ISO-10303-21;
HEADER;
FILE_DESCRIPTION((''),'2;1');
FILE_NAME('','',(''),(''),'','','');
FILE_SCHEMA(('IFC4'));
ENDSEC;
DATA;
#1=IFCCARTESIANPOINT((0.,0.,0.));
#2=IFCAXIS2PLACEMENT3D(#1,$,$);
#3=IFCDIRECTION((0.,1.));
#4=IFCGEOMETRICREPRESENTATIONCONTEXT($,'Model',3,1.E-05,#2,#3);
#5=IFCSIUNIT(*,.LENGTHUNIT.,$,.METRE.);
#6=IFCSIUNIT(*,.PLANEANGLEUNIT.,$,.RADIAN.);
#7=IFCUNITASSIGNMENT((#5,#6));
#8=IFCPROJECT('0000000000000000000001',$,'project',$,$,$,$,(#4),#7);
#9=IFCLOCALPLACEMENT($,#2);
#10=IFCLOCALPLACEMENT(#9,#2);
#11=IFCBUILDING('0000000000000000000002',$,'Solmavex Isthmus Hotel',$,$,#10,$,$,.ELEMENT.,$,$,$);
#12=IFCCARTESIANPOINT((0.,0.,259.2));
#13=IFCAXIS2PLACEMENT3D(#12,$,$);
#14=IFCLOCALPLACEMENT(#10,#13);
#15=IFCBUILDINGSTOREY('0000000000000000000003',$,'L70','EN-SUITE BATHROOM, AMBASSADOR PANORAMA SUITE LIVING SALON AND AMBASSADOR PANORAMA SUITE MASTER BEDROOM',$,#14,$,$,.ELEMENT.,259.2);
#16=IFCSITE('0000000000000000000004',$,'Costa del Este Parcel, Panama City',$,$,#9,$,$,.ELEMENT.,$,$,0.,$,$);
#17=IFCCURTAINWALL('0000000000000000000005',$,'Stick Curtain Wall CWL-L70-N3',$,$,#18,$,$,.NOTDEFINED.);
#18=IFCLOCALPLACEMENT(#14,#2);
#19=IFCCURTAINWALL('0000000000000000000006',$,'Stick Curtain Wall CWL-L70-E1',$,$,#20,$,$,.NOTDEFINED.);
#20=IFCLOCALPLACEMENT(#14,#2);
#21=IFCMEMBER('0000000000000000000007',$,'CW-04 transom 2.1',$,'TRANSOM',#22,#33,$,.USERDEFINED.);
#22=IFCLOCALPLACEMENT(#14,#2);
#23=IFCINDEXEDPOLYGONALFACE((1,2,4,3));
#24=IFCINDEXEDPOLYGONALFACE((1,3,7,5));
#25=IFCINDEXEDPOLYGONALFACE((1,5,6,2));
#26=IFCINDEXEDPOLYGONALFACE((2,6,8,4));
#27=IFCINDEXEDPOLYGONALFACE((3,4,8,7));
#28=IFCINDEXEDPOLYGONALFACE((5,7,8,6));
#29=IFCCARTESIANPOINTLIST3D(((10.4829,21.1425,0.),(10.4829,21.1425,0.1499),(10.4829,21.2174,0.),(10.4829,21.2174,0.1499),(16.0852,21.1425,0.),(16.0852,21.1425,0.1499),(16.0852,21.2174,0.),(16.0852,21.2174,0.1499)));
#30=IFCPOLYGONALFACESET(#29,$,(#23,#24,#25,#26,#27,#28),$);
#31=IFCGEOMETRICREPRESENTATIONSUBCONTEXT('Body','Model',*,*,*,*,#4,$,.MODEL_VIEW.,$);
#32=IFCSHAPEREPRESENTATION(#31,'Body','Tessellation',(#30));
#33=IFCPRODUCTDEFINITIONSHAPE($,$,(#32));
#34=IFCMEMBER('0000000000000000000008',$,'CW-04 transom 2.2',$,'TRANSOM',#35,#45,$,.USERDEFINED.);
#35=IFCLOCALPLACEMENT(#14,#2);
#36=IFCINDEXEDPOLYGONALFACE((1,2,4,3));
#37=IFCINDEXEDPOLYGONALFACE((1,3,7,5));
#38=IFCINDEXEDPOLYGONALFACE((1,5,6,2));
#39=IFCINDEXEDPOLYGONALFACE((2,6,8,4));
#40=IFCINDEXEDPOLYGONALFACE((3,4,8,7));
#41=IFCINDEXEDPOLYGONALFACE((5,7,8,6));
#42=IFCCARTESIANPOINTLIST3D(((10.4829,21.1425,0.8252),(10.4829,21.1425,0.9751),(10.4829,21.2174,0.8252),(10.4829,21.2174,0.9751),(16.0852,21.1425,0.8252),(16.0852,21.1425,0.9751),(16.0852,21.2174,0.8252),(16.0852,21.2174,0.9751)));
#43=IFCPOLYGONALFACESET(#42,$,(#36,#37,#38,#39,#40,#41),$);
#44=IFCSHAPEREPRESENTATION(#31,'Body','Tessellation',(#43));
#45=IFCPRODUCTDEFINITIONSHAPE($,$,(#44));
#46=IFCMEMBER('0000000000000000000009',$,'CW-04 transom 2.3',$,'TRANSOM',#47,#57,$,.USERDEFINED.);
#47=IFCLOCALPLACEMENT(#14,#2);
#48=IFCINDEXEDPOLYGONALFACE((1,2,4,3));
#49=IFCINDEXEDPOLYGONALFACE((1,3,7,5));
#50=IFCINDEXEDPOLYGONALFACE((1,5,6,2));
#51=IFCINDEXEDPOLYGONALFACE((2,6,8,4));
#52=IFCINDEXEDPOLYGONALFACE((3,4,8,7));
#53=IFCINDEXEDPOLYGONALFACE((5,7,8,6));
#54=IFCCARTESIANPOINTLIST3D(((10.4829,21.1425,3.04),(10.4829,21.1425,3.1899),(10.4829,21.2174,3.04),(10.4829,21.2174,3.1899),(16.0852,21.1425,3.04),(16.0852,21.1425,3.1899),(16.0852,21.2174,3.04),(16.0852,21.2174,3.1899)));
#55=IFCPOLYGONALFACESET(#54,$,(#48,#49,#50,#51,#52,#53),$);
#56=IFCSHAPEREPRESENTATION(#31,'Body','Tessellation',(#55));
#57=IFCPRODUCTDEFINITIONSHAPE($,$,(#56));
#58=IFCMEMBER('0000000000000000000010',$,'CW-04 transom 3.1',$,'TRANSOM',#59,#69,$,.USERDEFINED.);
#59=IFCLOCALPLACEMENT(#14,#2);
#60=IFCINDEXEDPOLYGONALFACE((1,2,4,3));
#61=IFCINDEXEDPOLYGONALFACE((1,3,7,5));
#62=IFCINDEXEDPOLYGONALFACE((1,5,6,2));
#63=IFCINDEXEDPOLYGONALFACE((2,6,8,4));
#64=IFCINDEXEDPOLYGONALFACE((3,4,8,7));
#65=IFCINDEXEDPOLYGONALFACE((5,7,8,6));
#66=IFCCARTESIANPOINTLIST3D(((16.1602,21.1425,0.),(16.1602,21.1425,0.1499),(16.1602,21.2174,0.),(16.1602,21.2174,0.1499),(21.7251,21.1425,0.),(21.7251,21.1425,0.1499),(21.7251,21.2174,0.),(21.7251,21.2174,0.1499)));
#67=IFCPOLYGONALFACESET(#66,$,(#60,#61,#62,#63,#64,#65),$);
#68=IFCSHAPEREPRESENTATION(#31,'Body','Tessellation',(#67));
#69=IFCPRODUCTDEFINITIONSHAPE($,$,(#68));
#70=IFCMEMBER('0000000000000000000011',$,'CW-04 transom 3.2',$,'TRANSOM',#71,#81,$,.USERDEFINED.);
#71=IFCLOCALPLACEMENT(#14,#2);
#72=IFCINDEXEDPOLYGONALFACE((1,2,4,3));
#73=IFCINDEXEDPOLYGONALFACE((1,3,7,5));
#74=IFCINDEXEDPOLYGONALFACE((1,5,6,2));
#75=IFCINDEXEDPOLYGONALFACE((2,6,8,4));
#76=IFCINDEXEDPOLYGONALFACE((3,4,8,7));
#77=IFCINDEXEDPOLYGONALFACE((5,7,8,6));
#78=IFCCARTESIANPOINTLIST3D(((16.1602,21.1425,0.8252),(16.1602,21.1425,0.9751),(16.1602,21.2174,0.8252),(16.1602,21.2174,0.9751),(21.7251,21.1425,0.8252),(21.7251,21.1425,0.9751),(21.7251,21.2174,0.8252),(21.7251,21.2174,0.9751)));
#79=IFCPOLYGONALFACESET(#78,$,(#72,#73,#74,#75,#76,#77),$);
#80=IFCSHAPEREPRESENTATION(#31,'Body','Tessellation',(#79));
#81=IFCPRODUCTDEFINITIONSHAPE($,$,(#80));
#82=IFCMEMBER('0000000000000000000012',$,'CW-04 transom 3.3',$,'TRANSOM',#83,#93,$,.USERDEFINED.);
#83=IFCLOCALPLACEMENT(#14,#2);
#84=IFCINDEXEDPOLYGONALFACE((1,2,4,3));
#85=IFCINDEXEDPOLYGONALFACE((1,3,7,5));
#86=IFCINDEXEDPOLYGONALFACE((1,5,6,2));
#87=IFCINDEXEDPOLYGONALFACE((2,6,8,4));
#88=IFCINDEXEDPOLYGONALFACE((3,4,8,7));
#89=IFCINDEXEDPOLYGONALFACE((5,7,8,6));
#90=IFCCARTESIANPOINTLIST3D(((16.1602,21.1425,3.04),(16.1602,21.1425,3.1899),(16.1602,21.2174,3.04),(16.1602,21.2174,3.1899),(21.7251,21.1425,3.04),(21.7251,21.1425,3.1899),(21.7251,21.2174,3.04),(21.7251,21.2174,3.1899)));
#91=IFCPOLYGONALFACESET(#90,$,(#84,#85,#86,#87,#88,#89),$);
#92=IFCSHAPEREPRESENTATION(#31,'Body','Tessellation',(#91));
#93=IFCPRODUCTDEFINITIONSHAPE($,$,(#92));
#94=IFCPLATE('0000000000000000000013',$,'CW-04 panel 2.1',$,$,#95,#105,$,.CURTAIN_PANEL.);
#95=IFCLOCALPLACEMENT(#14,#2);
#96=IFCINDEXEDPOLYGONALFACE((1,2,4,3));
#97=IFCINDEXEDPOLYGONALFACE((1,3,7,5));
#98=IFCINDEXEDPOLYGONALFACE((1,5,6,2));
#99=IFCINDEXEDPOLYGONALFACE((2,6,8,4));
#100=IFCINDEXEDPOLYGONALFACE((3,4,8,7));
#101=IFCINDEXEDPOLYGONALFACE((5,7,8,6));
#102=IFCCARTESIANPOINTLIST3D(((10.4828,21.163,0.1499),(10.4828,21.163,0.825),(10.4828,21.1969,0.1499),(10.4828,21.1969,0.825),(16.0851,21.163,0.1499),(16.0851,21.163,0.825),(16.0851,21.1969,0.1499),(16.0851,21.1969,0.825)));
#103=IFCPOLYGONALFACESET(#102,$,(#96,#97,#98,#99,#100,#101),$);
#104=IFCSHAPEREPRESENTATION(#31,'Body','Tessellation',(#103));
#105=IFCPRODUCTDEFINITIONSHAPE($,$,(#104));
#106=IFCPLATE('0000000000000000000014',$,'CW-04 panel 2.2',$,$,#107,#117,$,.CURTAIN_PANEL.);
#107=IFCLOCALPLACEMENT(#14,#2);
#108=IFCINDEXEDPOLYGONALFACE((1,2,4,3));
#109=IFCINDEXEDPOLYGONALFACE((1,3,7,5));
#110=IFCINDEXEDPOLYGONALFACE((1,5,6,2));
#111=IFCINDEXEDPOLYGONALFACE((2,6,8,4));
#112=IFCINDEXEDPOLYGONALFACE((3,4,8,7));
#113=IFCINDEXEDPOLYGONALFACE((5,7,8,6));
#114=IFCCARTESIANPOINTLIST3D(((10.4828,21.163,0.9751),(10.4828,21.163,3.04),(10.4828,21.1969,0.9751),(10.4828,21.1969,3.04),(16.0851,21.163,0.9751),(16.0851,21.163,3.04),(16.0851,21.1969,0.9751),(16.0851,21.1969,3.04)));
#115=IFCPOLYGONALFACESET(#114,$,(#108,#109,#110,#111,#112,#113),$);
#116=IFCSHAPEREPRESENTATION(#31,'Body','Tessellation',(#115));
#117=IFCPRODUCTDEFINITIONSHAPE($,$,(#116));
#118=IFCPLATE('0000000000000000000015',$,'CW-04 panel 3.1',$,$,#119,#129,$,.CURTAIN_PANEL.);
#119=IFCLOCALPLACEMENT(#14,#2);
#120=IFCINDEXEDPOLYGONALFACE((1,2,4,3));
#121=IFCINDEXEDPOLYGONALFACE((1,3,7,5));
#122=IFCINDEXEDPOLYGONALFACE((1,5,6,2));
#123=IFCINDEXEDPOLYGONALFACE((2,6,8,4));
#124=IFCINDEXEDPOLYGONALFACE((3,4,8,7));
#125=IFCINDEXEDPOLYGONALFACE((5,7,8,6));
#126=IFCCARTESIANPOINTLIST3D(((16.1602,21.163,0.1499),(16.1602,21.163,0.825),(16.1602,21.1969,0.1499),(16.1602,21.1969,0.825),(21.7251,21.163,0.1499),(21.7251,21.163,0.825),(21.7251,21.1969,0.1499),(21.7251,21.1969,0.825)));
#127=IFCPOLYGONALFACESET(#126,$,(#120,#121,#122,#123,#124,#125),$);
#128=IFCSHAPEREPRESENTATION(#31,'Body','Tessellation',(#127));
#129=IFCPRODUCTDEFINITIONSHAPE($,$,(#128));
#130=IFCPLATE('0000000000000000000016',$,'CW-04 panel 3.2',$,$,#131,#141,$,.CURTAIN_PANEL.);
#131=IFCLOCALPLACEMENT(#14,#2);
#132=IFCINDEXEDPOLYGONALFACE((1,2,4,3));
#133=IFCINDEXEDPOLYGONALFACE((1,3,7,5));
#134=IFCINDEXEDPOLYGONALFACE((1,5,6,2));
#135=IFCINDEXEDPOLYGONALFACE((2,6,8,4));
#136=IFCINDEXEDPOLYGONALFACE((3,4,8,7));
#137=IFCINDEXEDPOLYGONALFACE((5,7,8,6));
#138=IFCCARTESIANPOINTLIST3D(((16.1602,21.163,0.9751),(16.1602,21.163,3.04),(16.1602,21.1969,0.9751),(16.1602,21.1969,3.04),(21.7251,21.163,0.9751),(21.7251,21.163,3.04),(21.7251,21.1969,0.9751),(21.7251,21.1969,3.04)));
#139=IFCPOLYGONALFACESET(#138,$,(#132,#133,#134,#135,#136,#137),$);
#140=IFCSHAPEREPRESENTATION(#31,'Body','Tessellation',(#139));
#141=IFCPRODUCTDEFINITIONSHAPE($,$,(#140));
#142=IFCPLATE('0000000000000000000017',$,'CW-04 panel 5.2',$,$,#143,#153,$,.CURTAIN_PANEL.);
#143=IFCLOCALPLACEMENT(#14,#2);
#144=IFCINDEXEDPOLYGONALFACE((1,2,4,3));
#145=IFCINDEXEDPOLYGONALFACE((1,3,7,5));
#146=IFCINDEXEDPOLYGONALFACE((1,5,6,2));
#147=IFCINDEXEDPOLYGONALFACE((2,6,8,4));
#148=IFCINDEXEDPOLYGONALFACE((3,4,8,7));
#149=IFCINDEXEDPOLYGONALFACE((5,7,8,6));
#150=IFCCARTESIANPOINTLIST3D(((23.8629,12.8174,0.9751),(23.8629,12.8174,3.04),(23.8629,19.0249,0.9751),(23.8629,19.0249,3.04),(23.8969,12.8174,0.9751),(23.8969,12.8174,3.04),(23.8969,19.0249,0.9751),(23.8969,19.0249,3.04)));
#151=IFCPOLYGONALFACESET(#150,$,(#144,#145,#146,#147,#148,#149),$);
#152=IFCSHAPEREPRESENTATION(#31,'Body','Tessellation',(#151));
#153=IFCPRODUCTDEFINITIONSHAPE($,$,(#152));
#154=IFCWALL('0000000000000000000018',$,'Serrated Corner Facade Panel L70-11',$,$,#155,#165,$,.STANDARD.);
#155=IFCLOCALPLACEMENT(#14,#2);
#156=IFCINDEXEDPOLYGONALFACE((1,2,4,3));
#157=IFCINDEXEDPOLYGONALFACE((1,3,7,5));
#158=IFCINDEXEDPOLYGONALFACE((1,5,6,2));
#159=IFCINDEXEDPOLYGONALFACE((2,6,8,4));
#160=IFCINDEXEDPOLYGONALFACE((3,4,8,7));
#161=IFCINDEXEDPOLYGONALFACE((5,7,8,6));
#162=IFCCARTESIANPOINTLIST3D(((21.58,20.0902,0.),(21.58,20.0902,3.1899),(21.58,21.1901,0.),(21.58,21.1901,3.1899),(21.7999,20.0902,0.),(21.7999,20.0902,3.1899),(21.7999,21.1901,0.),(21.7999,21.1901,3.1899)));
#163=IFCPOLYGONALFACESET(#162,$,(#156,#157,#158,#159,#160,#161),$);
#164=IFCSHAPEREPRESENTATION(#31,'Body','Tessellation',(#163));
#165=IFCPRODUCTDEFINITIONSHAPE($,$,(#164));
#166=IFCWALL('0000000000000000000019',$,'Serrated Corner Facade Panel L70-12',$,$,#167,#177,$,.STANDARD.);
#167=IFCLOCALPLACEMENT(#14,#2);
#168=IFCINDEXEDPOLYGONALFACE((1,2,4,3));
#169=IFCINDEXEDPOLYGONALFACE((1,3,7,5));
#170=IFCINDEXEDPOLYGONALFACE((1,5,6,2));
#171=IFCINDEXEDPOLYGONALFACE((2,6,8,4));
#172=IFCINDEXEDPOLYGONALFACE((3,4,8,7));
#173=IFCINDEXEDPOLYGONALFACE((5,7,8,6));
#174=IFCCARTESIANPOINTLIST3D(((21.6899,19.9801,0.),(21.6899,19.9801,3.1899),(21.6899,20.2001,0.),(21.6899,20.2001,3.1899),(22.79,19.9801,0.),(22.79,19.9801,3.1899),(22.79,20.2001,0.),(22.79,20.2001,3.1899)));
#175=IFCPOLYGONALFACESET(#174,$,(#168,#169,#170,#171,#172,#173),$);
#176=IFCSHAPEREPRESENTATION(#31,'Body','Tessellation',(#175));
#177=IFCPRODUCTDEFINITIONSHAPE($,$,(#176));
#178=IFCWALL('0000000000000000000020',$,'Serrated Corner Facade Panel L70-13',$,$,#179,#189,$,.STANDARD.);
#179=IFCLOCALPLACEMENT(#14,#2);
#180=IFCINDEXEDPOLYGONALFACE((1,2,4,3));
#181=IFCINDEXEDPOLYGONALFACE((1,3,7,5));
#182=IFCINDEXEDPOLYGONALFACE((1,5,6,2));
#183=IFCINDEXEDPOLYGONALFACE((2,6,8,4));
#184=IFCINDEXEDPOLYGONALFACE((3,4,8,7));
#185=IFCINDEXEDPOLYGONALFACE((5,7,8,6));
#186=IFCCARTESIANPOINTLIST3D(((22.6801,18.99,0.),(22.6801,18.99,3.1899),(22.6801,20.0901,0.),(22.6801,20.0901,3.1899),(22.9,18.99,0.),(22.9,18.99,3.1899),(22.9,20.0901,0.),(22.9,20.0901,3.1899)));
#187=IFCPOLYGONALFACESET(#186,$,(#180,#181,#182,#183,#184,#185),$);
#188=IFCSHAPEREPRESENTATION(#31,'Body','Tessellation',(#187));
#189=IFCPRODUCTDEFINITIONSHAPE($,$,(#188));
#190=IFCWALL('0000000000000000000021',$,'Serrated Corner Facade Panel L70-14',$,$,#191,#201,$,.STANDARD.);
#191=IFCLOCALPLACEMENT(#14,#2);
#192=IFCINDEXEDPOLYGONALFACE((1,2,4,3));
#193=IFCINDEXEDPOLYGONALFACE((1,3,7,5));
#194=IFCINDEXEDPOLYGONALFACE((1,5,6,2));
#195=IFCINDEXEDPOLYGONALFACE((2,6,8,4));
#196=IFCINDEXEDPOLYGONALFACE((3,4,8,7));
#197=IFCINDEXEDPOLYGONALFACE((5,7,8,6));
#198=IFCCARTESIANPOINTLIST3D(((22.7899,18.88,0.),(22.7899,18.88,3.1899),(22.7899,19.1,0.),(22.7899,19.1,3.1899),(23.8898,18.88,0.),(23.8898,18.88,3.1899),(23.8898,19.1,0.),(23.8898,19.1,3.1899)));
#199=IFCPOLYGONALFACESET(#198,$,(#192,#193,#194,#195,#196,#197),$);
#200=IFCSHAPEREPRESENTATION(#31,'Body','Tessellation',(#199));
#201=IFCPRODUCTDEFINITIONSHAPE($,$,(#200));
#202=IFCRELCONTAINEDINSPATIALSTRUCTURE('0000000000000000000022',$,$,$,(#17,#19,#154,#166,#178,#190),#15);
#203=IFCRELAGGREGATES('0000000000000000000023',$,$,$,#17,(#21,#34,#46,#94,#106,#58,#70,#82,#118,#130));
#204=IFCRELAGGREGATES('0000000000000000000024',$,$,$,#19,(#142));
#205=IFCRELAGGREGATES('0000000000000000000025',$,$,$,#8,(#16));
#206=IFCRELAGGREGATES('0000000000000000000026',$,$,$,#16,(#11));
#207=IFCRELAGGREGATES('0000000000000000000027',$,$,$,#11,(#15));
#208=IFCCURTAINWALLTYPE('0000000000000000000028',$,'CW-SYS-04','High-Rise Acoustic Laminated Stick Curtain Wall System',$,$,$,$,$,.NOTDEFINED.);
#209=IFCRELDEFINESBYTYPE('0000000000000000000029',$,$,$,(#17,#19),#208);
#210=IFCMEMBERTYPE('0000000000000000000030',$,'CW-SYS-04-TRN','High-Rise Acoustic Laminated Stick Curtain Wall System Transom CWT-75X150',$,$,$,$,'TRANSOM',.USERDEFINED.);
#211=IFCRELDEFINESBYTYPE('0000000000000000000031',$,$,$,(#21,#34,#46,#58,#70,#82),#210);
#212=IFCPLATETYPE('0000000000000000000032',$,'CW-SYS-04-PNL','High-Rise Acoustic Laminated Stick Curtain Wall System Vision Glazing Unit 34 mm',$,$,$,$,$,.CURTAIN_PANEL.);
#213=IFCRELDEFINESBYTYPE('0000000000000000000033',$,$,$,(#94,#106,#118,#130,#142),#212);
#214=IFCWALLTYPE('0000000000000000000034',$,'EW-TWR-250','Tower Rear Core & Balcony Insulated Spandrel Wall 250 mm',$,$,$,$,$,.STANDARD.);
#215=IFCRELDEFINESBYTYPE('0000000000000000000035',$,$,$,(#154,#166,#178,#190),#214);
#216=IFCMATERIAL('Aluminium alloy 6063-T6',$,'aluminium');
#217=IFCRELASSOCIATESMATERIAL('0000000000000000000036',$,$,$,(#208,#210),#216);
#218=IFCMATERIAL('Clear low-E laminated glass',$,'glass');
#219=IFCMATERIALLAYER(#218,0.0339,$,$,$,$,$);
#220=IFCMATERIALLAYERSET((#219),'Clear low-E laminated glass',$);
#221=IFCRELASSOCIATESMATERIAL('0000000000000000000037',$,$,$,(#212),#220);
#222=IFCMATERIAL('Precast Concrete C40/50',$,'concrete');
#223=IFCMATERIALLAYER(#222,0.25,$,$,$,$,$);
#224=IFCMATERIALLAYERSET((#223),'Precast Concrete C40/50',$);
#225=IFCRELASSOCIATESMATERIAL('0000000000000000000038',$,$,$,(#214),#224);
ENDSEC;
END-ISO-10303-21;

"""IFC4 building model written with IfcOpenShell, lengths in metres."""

from ifc_helpers import new_model, si_unit, direction, frame, frame_2d, origin, origin_2d, place, context, subcontext, project, spatial, rectangle, extrude, material, layer, layer_set, material_profile, profile_set, type_object, element, aggregate, save


model = new_model("IFC4")

# Units and contexts
model_context = context("Model", 3, precision=1e-05, world=origin(), true_north=direction((0.0, 1.0)))
body_context = subcontext(model_context, "Body", "Model", "MODEL_VIEW")
ifc_project = project(units=[si_unit("LENGTHUNIT", "METRE"), si_unit("PLANEANGLEUNIT", "RADIAN")], contexts=[model_context])

# Site, building, storey
site_placement = place(None, origin())
site = spatial("IfcSite", under=ifc_project, at=site_placement, Name="Costa del Este Parcel, Panama City", CompositionType="ELEMENT", RefElevation=0.0)
building_placement = place(site_placement, origin())
building = spatial("IfcBuilding", under=site, at=building_placement, Name="Solmavex Isthmus Hotel", CompositionType="ELEMENT")
storey_placement = place(building_placement, frame((0.0, 0.0, 259.2)))
storey = spatial("IfcBuildingStorey", under=building, at=storey_placement, Name="L70", Description="EN-SUITE BATHROOM, AMBASSADOR PANORAMA SUITE LIVING SALON AND AMBASSADOR PANORAMA SUITE MASTER BEDROOM", CompositionType="ELEMENT", Elevation=259.2)

# Curtain wall
ifc_material_1 = material(Name="Aluminium alloy 6063-T6", Category="aluminium")
curtain_wall_type = type_object("IfcCurtainWallType", Name="CW-SYS-04", Description="High-Rise Acoustic Laminated Stick Curtain Wall System", PredefinedType="NOTDEFINED", material=ifc_material_1)
curtain_wall_1_placement = place(storey_placement, origin())
curtain_wall_1 = element("IfcCurtainWall", 1, at=curtain_wall_1_placement, inside=storey, type_object=curtain_wall_type, Name="Stick Curtain Wall CWL-L70-N3", PredefinedType="NOTDEFINED")

# Curtain wall
curtain_wall_2_placement = place(storey_placement, origin())
curtain_wall_2 = element("IfcCurtainWall", 2, at=curtain_wall_2_placement, inside=storey, type_object=curtain_wall_type, Name="Stick Curtain Wall CWL-L70-E1", PredefinedType="NOTDEFINED")

# Members
ifc_material_profile_1 = material_profile(ifc_material_1, rectangle(XDim=0.075, YDim=0.1499, at=origin_2d()), Name="CWT-75X150")
ifc_profile_set_1 = profile_set([ifc_material_profile_1], Name="Aluminium alloy 6063-T6")
member_type_1 = type_object("IfcMemberType", Name="CW-SYS-04-TRN", Description="High-Rise Acoustic Laminated Stick Curtain Wall System Transom CWT-75X150", ElementType="TRANSOM", PredefinedType="USERDEFINED", material=ifc_profile_set_1)
member_1_placement = place(storey_placement, frame((10.4829, 21.1799, 0.075), z_axis=(1.0, 0.0, 0.0), x_axis=(0.0, 1.0, 0.0)))
member_1 = element("IfcMember", 3, at=member_1_placement, type_object=member_type_1, Name="CW-04 transom 2.1", ObjectType="TRANSOM", PredefinedType="USERDEFINED", context=body_context, shape_type="SweptSolid", body=[
    extrude(rectangle(XDim=0.075, YDim=0.1499, at=origin_2d()), origin(), (0.0, 0.0, 1.0), 5.6023),
])
member_2_placement = place(storey_placement, frame((10.4829, 21.1799, 0.9001), z_axis=(1.0, 0.0, 0.0), x_axis=(0.0, 1.0, 0.0)))
member_2 = element("IfcMember", 4, at=member_2_placement, type_object=member_type_1, Name="CW-04 transom 2.2", ObjectType="TRANSOM", PredefinedType="USERDEFINED", context=body_context, shape_type="SweptSolid", body=[
    extrude(rectangle(XDim=0.075, YDim=0.1499, at=origin_2d()), origin(), (0.0, 0.0, 1.0), 5.6023),
])
member_3_placement = place(storey_placement, frame((10.4829, 21.1799, 3.115), z_axis=(1.0, 0.0, 0.0), x_axis=(0.0, 1.0, 0.0)))
member_3 = element("IfcMember", 5, at=member_3_placement, type_object=member_type_1, Name="CW-04 transom 2.3", ObjectType="TRANSOM", PredefinedType="USERDEFINED", context=body_context, shape_type="SweptSolid", body=[
    extrude(rectangle(XDim=0.075, YDim=0.1499, at=origin_2d()), origin(), (0.0, 0.0, 1.0), 5.6023),
])
member_4_placement = place(storey_placement, frame((16.1602, 21.1799, 0.075), z_axis=(1.0, 0.0, 0.0), x_axis=(0.0, 1.0, 0.0)))
member_4 = element("IfcMember", 6, at=member_4_placement, type_object=member_type_1, Name="CW-04 transom 3.1", ObjectType="TRANSOM", PredefinedType="USERDEFINED", context=body_context, shape_type="SweptSolid", body=[
    extrude(rectangle(XDim=0.075, YDim=0.1499, at=origin_2d()), origin(), (0.0, 0.0, 1.0), 5.5649),
])
member_5_placement = place(storey_placement, frame((16.1602, 21.1799, 0.9001), z_axis=(1.0, 0.0, 0.0), x_axis=(0.0, 1.0, 0.0)))
member_5 = element("IfcMember", 7, at=member_5_placement, type_object=member_type_1, Name="CW-04 transom 3.2", ObjectType="TRANSOM", PredefinedType="USERDEFINED", context=body_context, shape_type="SweptSolid", body=[
    extrude(rectangle(XDim=0.075, YDim=0.1499, at=origin_2d()), origin(), (0.0, 0.0, 1.0), 5.5649),
])
member_6_placement = place(storey_placement, frame((16.1602, 21.1799, 3.115), z_axis=(1.0, 0.0, 0.0), x_axis=(0.0, 1.0, 0.0)))
member_6 = element("IfcMember", 8, at=member_6_placement, type_object=member_type_1, Name="CW-04 transom 3.3", ObjectType="TRANSOM", PredefinedType="USERDEFINED", context=body_context, shape_type="SweptSolid", body=[
    extrude(rectangle(XDim=0.075, YDim=0.1499, at=origin_2d()), origin(), (0.0, 0.0, 1.0), 5.5649),
])

# Plates
ifc_material_2 = material(Name="Clear low-E laminated glass", Category="glass")
ifc_layer_1 = layer(ifc_material_2, 0.0339)
ifc_layer_set_1 = layer_set([ifc_layer_1], Name="Clear low-E laminated glass")
plate_type = type_object("IfcPlateType", Name="CW-SYS-04-PNL", Description="High-Rise Acoustic Laminated Stick Curtain Wall System Vision Glazing Unit 34 mm", PredefinedType="CURTAIN_PANEL", material=ifc_layer_set_1)
plate_1_placement = place(storey_placement, frame((13.2839, 21.1799, 0.1499), z_axis=(0.0, 0.0, 1.0), x_axis=(1.0, 0.0, 0.0)))
plate_1 = element("IfcPlate", 9, at=plate_1_placement, type_object=plate_type, Name="CW-04 panel 2.1", PredefinedType="CURTAIN_PANEL", context=body_context, shape_type="SweptSolid", body=[
    extrude(rectangle(XDim=5.6023, YDim=0.0339, at=origin_2d()), origin(), (0.0, 0.0, 1.0), 0.675),
])
plate_2_placement = place(storey_placement, frame((13.2839, 21.1799, 0.9751), z_axis=(0.0, 0.0, 1.0), x_axis=(1.0, 0.0, 0.0)))
plate_2 = element("IfcPlate", 10, at=plate_2_placement, type_object=plate_type, Name="CW-04 panel 2.2", PredefinedType="CURTAIN_PANEL", context=body_context, shape_type="SweptSolid", body=[
    extrude(rectangle(XDim=5.6023, YDim=0.0339, at=origin_2d()), origin(), (0.0, 0.0, 1.0), 2.0649),
])
plate_3_placement = place(storey_placement, frame((18.9426, 21.1799, 0.1499), z_axis=(0.0, 0.0, 1.0), x_axis=(1.0, 0.0, 0.0)))
plate_3 = element("IfcPlate", 11, at=plate_3_placement, type_object=plate_type, Name="CW-04 panel 3.1", PredefinedType="CURTAIN_PANEL", context=body_context, shape_type="SweptSolid", body=[
    extrude(rectangle(XDim=5.5649, YDim=0.0339, at=origin_2d()), origin(), (0.0, 0.0, 1.0), 0.675),
])
plate_4_placement = place(storey_placement, frame((18.9426, 21.1799, 0.9751), z_axis=(0.0, 0.0, 1.0), x_axis=(1.0, 0.0, 0.0)))
plate_4 = element("IfcPlate", 12, at=plate_4_placement, type_object=plate_type, Name="CW-04 panel 3.2", PredefinedType="CURTAIN_PANEL", context=body_context, shape_type="SweptSolid", body=[
    extrude(rectangle(XDim=5.5649, YDim=0.0339, at=origin_2d()), origin(), (0.0, 0.0, 1.0), 2.0649),
])
aggregate(curtain_wall_1, [member_1, member_2, member_3, plate_1, plate_2, member_4, member_5, member_6, plate_3, plate_4])
plate_5_placement = place(storey_placement, frame((23.8799, 15.9211, 0.9751), z_axis=(0.0, 0.0, 1.0), x_axis=(0.0, 1.0, 0.0)))
plate_5 = element("IfcPlate", 13, at=plate_5_placement, type_object=plate_type, Name="CW-04 panel 5.2", PredefinedType="CURTAIN_PANEL", context=body_context, shape_type="SweptSolid", body=[
    extrude(rectangle(XDim=6.2075, YDim=0.0339, at=origin_2d()), origin(), (0.0, 0.0, 1.0), 2.0649),
])
aggregate(curtain_wall_2, [plate_5])

# Walls
ifc_material_3 = material(Name="Precast Concrete C40/50", Category="concrete")
ifc_layer_2 = layer(ifc_material_3, 0.25)
ifc_layer_set_2 = layer_set([ifc_layer_2], Name="Precast Concrete C40/50")
wall_type_1 = type_object("IfcWallType", Name="EW-TWR-250", Description="Tower Rear Core & Balcony Insulated Spandrel Wall 250 mm", PredefinedType="STANDARD", material=ifc_layer_set_2)
wall_1_placement = place(storey_placement, frame((21.6899, 21.1899, 0.0), z_axis=(0.0, 0.0, 1.0), x_axis=(0.0, -1.0, 0.0)))
element("IfcWall", 14, at=wall_1_placement, inside=storey, type_object=wall_type_1, Name="Serrated Corner Facade Panel L70-11", PredefinedType="STANDARD", context=body_context, shape_type="SweptSolid", body=[
    extrude(rectangle(XDim=1.0999, YDim=0.22, at=frame_2d((0.5498, 0.0))), origin(), (0.0, 0.0, 1.0), 3.1899),
])
for number, where, z_axis, x_axis, name in (
    (15, (21.6899, 20.0901, 0.0), (0.0, 0.0, 1.0), (1.0, 0.0, 0.0), "Serrated Corner Facade Panel L70-12"),
    (16, (22.79, 20.0901, 0.0), (0.0, 0.0, 1.0), (0.0, -1.0, 0.0), "Serrated Corner Facade Panel L70-13"),
):
    element("IfcWall", number, at=place(storey_placement, frame(where, z_axis=z_axis, x_axis=x_axis)), inside=storey, type_object=wall_type_1, Name=name, PredefinedType="STANDARD", context=body_context, shape_type="SweptSolid", body=[
        extrude(rectangle(XDim=1.1001, YDim=0.22, at=frame_2d((0.55, 0.0))), origin(), (0.0, 0.0, 1.0), 3.1899),
    ])
wall_2_placement = place(storey_placement, frame((22.79, 18.99, 0.0), z_axis=(0.0, 0.0, 1.0), x_axis=(1.0, 0.0, 0.0)))
element("IfcWall", 17, at=wall_2_placement, inside=storey, type_object=wall_type_1, Name="Serrated Corner Facade Panel L70-14", PredefinedType="STANDARD", context=body_context, shape_type="SweptSolid", body=[
    extrude(rectangle(XDim=1.0999, YDim=0.22, at=frame_2d((0.5498, 0.0))), origin(), (0.0, 0.0, 1.0), 3.1899),
])

save(model, "model.ifc")
